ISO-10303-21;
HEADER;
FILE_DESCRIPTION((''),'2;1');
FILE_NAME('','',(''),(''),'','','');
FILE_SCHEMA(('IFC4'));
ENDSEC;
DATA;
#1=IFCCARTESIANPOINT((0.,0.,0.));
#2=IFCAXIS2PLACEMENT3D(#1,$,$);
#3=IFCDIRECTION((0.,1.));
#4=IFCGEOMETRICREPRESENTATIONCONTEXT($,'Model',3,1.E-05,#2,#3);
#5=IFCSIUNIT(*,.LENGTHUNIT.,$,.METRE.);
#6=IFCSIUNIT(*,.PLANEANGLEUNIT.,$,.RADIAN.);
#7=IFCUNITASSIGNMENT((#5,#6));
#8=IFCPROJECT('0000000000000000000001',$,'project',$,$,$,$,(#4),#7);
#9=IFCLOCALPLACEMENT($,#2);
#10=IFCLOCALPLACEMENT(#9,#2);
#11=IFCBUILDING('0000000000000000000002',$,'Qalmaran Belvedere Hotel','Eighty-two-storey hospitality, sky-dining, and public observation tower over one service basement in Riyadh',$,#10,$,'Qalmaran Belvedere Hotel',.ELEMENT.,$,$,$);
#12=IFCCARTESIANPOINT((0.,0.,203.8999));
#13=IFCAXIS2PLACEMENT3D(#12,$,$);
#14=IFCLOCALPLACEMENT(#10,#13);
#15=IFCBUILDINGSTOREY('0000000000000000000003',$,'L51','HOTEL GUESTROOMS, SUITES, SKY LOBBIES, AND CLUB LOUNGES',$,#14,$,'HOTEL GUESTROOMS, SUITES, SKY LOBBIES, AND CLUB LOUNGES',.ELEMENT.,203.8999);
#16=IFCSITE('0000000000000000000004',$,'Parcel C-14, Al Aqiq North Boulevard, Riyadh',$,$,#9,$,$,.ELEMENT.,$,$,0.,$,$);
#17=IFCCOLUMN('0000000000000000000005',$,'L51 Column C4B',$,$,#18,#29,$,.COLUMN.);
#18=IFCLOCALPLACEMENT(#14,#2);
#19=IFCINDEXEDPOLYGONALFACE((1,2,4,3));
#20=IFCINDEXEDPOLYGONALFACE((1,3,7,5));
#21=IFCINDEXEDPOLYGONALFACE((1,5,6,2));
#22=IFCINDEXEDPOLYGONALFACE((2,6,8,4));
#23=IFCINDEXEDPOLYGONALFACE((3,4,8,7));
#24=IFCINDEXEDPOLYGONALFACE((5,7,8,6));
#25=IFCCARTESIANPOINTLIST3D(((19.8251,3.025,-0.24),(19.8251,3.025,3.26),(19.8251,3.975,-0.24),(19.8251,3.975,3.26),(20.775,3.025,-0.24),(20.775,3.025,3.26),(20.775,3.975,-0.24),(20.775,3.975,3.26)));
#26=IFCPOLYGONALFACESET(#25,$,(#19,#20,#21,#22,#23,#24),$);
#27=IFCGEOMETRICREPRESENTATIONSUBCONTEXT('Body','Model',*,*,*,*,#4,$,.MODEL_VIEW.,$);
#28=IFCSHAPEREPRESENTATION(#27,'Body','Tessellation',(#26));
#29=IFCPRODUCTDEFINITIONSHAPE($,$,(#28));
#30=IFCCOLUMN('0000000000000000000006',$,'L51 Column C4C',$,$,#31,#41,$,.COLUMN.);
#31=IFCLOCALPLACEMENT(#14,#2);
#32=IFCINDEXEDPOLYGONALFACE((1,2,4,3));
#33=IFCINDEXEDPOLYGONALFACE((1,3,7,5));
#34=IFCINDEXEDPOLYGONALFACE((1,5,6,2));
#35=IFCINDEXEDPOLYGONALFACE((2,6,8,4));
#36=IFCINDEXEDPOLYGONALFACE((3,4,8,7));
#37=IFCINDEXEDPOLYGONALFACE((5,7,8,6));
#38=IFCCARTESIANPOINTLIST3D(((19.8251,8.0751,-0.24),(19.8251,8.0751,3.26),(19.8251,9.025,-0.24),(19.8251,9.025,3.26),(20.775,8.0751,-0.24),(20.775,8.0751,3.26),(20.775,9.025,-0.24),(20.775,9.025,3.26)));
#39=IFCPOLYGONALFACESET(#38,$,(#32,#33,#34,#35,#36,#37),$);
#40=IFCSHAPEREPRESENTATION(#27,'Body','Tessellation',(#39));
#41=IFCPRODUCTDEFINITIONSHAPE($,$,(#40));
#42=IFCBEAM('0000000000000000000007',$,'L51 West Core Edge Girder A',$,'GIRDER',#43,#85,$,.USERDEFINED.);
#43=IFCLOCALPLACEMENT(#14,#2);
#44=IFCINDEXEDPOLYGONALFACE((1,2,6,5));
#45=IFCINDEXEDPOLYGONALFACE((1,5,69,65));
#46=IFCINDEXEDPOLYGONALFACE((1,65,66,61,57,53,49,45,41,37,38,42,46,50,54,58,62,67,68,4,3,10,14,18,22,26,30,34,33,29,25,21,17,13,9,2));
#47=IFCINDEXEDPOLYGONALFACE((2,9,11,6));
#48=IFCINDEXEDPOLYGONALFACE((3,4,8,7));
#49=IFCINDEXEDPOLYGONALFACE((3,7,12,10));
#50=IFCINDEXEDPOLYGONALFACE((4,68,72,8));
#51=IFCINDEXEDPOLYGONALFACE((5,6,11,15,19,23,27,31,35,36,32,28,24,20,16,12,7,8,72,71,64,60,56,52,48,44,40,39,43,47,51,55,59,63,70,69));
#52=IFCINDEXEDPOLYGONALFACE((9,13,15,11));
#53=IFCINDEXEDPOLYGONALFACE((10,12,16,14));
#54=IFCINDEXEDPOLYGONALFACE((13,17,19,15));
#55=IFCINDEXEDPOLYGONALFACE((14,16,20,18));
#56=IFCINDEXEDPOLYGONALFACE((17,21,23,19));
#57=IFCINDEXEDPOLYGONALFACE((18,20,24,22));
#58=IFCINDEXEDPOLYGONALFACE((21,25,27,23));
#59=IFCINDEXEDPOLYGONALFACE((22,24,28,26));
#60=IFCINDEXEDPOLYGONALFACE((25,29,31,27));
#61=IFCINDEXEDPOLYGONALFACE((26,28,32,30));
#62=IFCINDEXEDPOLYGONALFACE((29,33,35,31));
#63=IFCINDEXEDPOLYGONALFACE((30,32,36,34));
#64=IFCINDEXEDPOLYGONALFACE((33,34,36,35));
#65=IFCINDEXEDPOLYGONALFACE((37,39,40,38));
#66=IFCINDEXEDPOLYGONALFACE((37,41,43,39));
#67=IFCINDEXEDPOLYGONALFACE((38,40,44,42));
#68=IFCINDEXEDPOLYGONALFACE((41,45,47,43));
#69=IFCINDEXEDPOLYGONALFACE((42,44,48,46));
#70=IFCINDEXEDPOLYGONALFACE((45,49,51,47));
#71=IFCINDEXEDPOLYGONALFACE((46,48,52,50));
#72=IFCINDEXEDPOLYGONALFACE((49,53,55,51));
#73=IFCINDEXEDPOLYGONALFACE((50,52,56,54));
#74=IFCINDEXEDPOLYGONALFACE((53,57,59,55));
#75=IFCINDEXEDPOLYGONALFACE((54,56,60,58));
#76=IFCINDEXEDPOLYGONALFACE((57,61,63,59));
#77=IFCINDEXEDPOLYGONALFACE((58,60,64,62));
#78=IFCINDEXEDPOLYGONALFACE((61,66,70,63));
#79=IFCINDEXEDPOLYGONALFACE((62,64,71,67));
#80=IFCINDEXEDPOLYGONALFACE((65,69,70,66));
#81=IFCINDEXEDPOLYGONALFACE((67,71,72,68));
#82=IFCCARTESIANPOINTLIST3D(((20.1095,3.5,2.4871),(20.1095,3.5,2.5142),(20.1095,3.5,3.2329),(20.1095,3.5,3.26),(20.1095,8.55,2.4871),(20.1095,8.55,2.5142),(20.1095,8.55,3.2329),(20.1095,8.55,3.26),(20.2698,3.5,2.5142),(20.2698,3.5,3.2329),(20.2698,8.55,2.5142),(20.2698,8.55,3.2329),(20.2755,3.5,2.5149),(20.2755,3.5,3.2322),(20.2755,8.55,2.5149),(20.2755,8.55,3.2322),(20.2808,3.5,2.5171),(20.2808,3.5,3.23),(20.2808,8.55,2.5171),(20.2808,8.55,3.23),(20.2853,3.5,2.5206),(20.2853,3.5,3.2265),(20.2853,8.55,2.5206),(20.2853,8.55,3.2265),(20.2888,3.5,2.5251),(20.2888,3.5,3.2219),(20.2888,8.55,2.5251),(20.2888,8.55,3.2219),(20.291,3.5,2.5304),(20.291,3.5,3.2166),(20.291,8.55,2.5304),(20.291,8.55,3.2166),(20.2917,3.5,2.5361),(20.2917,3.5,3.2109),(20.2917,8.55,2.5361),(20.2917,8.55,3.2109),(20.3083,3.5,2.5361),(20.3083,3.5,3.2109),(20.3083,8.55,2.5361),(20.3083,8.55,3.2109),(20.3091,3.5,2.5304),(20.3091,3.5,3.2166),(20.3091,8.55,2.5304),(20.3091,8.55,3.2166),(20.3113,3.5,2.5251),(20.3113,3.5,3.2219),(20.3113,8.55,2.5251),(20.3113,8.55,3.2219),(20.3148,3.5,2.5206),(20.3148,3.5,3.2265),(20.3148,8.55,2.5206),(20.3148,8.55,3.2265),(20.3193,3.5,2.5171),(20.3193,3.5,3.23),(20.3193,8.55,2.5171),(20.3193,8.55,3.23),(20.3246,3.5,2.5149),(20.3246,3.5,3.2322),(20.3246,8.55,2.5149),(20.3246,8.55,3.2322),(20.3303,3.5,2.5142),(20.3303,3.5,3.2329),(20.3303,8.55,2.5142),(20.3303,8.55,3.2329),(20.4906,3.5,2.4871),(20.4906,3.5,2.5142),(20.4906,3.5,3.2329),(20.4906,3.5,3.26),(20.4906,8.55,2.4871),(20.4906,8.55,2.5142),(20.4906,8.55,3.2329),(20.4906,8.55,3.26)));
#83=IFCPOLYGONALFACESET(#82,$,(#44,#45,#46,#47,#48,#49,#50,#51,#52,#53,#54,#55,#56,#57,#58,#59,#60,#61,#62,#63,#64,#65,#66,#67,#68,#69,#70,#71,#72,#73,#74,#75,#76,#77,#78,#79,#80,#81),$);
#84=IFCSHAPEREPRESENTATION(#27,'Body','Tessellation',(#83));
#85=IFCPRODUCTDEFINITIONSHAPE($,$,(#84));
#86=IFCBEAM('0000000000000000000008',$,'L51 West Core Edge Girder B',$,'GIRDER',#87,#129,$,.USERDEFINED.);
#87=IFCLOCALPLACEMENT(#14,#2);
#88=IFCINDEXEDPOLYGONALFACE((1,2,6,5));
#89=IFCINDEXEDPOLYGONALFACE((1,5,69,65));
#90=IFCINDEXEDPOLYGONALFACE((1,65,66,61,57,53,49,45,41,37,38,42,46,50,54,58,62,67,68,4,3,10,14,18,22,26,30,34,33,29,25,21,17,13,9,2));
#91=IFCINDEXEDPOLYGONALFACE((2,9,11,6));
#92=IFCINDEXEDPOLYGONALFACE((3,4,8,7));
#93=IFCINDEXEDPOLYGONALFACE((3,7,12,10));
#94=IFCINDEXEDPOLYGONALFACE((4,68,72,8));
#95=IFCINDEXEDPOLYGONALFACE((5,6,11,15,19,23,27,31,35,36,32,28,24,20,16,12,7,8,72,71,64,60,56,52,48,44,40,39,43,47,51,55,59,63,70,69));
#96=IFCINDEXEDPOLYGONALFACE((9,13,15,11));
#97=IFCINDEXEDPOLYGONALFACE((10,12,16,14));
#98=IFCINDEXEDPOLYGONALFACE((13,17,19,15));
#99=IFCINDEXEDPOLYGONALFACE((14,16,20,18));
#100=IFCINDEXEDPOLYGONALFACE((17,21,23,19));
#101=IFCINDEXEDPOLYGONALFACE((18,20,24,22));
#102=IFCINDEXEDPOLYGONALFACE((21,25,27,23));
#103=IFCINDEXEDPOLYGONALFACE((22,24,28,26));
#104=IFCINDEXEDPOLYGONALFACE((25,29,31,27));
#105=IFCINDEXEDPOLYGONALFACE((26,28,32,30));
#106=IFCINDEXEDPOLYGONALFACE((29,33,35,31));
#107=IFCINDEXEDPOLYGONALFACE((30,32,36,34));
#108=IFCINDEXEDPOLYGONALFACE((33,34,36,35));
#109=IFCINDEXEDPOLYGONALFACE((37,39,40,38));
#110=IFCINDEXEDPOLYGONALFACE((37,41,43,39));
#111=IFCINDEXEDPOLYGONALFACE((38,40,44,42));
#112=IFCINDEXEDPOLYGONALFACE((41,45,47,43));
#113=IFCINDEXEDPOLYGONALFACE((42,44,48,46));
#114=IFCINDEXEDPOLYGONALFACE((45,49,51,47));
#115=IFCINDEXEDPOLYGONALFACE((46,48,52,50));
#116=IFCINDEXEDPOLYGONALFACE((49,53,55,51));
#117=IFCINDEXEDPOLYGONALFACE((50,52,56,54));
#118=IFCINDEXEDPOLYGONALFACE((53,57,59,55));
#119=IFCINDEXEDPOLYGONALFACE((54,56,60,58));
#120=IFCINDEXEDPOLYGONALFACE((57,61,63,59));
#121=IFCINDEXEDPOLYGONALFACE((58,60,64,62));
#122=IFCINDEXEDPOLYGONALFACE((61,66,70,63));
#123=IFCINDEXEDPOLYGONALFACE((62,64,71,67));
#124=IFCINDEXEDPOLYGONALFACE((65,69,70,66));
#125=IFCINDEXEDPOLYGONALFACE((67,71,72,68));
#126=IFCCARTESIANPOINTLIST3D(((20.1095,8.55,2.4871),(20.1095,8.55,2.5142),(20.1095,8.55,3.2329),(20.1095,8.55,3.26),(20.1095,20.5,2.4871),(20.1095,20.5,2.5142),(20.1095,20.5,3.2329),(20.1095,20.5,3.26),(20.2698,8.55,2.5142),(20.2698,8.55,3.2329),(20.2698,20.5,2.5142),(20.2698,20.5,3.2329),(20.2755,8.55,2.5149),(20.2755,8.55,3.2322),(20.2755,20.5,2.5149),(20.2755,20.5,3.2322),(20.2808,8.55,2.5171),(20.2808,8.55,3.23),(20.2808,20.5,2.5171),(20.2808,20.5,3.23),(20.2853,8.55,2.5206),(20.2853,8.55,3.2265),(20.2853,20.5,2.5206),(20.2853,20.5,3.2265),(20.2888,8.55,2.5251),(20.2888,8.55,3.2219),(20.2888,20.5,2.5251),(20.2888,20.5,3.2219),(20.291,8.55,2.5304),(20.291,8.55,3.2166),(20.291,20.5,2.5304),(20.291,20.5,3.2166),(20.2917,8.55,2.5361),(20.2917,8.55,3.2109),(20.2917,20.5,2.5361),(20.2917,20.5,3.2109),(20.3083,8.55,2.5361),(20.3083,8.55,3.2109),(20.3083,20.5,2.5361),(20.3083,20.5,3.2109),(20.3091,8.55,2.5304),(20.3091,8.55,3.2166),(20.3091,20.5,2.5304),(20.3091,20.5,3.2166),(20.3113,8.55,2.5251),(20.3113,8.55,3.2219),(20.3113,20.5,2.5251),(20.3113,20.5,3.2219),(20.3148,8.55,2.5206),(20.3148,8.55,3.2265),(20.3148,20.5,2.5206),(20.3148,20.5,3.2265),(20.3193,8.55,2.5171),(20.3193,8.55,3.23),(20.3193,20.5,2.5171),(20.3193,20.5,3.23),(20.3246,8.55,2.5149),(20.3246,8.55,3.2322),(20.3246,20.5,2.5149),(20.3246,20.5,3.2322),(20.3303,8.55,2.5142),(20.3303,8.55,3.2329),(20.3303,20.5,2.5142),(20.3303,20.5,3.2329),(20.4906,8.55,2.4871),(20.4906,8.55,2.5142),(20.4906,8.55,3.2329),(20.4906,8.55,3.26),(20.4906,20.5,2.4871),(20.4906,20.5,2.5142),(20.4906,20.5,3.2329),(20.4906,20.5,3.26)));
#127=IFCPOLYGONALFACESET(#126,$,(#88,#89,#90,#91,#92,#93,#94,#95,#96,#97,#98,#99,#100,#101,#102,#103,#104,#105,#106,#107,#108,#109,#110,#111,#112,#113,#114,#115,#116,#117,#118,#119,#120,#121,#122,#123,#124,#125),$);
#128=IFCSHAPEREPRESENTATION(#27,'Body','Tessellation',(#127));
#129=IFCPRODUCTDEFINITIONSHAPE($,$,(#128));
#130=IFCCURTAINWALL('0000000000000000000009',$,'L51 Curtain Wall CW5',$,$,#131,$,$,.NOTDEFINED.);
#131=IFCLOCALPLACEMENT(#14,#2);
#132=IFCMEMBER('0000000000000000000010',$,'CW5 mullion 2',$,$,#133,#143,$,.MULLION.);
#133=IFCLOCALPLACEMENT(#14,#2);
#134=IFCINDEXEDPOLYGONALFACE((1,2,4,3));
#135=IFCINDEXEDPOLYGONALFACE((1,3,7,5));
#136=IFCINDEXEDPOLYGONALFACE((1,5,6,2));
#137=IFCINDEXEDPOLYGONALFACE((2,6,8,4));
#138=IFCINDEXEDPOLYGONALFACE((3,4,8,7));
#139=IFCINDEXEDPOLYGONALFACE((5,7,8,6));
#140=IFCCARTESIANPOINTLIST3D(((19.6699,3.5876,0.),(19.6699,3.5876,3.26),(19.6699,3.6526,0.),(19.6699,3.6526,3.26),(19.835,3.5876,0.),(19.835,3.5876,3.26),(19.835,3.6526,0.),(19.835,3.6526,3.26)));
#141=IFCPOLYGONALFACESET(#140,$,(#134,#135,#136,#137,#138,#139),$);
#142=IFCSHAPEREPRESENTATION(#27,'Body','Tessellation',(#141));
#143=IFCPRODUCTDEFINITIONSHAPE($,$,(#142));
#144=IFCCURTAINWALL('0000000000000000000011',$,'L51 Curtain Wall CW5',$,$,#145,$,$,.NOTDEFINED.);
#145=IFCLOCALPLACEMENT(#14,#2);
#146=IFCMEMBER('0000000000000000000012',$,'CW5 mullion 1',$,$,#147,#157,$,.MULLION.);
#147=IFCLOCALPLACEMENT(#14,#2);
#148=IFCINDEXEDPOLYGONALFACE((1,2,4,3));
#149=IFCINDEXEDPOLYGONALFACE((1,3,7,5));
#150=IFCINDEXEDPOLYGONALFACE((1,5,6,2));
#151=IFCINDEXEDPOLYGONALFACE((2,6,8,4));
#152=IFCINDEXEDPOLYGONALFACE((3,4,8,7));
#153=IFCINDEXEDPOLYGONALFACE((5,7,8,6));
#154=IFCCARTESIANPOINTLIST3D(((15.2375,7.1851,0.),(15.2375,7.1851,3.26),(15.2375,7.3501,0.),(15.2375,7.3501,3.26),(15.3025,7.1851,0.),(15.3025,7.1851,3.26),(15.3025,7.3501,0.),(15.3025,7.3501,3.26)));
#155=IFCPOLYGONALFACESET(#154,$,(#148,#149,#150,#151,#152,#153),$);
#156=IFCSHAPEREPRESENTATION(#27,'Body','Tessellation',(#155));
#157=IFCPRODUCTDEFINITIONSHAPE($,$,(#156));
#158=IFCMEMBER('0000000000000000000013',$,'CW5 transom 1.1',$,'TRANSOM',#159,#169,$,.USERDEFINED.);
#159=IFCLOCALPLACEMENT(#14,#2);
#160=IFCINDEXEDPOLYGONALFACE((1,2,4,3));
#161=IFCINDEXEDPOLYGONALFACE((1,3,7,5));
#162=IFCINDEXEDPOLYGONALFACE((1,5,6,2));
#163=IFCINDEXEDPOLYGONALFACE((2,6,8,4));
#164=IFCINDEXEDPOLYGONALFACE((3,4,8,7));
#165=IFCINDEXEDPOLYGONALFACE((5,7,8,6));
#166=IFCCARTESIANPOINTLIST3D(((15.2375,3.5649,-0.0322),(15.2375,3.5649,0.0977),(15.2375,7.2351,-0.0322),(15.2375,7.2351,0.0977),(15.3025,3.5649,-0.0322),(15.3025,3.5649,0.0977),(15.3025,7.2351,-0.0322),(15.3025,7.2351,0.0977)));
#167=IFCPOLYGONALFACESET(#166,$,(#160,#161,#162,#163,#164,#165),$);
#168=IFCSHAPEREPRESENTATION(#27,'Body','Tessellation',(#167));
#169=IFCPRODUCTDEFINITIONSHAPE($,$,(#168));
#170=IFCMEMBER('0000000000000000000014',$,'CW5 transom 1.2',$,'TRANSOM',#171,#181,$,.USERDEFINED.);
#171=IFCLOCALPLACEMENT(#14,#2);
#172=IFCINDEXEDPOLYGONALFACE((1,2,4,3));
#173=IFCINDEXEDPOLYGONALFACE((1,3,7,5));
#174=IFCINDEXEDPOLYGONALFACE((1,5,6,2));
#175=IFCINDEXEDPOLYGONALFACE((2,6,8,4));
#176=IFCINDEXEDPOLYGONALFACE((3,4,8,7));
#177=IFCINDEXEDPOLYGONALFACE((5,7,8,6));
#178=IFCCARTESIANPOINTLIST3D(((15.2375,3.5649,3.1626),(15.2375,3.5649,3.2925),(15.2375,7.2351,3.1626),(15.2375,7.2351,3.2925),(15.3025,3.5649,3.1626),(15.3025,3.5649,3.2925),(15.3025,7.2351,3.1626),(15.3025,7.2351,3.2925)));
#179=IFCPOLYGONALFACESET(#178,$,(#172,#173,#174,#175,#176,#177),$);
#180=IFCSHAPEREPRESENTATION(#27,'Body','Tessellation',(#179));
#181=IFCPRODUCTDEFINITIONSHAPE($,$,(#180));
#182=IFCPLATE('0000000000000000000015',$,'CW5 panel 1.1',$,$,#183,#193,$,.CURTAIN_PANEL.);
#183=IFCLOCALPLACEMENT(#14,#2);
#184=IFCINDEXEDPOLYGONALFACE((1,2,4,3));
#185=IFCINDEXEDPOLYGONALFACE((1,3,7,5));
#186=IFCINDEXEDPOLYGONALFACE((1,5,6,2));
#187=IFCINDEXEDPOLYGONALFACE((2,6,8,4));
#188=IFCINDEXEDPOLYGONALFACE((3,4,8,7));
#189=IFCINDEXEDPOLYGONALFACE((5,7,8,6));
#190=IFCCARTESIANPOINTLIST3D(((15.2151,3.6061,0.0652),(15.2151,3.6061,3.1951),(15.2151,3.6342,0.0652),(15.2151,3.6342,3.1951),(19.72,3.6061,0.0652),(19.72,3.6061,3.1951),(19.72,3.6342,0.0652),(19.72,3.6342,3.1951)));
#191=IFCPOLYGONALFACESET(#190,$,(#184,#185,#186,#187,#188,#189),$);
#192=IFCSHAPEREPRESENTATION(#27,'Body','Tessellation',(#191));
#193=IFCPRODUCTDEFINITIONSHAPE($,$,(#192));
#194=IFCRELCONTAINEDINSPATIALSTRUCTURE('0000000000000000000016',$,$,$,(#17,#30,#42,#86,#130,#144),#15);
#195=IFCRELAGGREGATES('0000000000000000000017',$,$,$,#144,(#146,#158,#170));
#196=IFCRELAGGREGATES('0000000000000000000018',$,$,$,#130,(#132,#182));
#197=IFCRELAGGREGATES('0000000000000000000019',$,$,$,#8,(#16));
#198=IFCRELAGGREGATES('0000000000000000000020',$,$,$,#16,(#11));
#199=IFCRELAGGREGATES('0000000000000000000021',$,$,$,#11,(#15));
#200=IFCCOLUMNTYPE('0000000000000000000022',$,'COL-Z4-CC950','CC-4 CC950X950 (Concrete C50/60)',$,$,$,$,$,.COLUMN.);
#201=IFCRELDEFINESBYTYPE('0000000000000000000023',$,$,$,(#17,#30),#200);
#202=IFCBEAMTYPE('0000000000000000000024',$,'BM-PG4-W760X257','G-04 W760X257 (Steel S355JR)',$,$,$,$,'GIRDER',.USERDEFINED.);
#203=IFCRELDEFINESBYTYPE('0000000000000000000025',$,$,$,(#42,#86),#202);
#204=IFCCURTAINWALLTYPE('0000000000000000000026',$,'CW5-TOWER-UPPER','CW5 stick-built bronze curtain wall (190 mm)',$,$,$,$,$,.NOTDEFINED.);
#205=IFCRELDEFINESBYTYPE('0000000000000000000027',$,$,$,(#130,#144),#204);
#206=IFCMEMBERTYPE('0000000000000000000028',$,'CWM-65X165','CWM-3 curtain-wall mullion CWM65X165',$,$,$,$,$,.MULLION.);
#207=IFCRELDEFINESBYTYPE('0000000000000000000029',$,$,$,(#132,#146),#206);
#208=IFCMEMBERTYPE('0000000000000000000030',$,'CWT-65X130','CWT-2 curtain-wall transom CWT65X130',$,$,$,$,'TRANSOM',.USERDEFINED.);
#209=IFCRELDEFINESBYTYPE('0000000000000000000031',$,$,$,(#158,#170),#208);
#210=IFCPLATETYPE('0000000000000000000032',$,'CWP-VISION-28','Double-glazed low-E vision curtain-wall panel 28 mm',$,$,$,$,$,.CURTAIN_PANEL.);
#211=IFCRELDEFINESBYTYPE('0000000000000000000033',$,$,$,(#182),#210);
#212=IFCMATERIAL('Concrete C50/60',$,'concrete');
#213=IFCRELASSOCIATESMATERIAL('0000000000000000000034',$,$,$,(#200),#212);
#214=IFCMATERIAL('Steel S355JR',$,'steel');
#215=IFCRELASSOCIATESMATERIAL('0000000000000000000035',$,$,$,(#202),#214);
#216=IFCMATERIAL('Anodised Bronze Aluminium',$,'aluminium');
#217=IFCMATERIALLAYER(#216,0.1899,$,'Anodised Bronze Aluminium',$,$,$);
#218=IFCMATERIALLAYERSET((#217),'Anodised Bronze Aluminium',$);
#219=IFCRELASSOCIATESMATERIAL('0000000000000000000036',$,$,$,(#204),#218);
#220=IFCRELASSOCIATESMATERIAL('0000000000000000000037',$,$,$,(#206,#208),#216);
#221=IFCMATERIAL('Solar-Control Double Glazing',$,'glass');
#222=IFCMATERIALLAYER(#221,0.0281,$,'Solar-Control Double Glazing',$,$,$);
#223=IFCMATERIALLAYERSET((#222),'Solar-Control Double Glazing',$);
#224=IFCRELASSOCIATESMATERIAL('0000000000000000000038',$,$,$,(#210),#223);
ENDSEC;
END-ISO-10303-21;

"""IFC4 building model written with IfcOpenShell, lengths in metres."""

from ifc_helpers import new_model, si_unit, direction, frame, origin, origin_2d, place, context, subcontext, project, spatial, rectangle, i_section, extrude, material, layer, layer_set, material_profile, profile_set, type_object, element, aggregate, save


model = new_model("IFC4")

# Units and contexts
model_context = context("Model", 3, precision=1e-05, world=origin(), true_north=direction((0.0, 1.0)))
body_context = subcontext(model_context, "Body", "Model", "MODEL_VIEW")
ifc_project = project(units=[si_unit("LENGTHUNIT", "METRE"), si_unit("PLANEANGLEUNIT", "RADIAN")], contexts=[model_context])

# Site, building, storey
site_placement = place(None, origin())
site = spatial("IfcSite", under=ifc_project, at=site_placement, Name="Parcel C-14, Al Aqiq North Boulevard, Riyadh", CompositionType="ELEMENT", RefElevation=0.0)
building_placement = place(site_placement, origin())
building = spatial("IfcBuilding", under=site, at=building_placement, Name="Qalmaran Belvedere Hotel", Description="Eighty-two-storey hospitality, sky-dining, and public observation tower over one service basement in Riyadh", LongName="Qalmaran Belvedere Hotel", CompositionType="ELEMENT")
storey_placement = place(building_placement, frame((0.0, 0.0, 203.8999)))
storey = spatial("IfcBuildingStorey", under=building, at=storey_placement, Name="L51", Description="HOTEL GUESTROOMS, SUITES, SKY LOBBIES, AND CLUB LOUNGES", LongName="HOTEL GUESTROOMS, SUITES, SKY LOBBIES, AND CLUB LOUNGES", CompositionType="ELEMENT", Elevation=203.8999)

# Columns
ifc_material_1 = material(Name="Concrete C50/60", Category="concrete")
ifc_material_profile_1 = material_profile(ifc_material_1, rectangle(XDim=0.95, YDim=0.95, at=origin_2d()), Name="CC950X950")
ifc_profile_set_1 = profile_set([ifc_material_profile_1], Name="Concrete C50/60")
column_type = type_object("IfcColumnType", Name="COL-Z4-CC950", Description="CC-4 CC950X950 (Concrete C50/60)", PredefinedType="COLUMN", material=ifc_profile_set_1)
for number, where, z_axis, x_axis, name in (
    (1, (20.3, 3.5, -0.24), (0.0, 0.0, 1.0), (1.0, 0.0, 0.0), "L51 Column C4B"),
    (2, (20.3, 8.55, -0.24), (0.0, 0.0, 1.0), (1.0, 0.0, 0.0), "L51 Column C4C"),
):
    element("IfcColumn", number, at=place(storey_placement, frame(where, z_axis=z_axis, x_axis=x_axis)), inside=storey, type_object=column_type, Name=name, PredefinedType="COLUMN", context=body_context, shape_type="SweptSolid", body=[
        extrude(rectangle(XDim=0.95, YDim=0.95, at=origin_2d()), origin(), (0.0, 0.0, 1.0), 3.5),
    ])

# Beams
ifc_material_2 = material(Name="Steel S355JR", Category="steel")
ifc_material_profile_2 = material_profile(ifc_material_2, i_section(OverallWidth=0.3811, OverallDepth=0.7729, WebThickness=0.0166, FlangeThickness=0.0271, FilletRadius=0.022, at=origin_2d()), Name="W760X257")
ifc_profile_set_2 = profile_set([ifc_material_profile_2], Name="Steel S355JR")
beam_type = type_object("IfcBeamType", Name="BM-PG4-W760X257", Description="G-04 W760X257 (Steel S355JR)", ElementType="GIRDER", PredefinedType="USERDEFINED", material=ifc_profile_set_2)
beam_1_placement = place(storey_placement, frame((20.3, 3.5, 2.8735), z_axis=(0.0, 1.0, 0.0), x_axis=(-1.0, 0.0, 0.0)))
element("IfcBeam", 3, at=beam_1_placement, inside=storey, type_object=beam_type, Name="L51 West Core Edge Girder A", ObjectType="GIRDER", PredefinedType="USERDEFINED", context=body_context, shape_type="SweptSolid", body=[
    extrude(i_section(OverallWidth=0.3811, OverallDepth=0.7729, WebThickness=0.0166, FlangeThickness=0.0271, FilletRadius=0.022, at=origin_2d()), origin(), (0.0, 0.0, 1.0), 5.05),
])
beam_2_placement = place(storey_placement, frame((20.3, 8.55, 2.8735), z_axis=(0.0, 1.0, 0.0), x_axis=(-1.0, 0.0, 0.0)))
element("IfcBeam", 4, at=beam_2_placement, inside=storey, type_object=beam_type, Name="L51 West Core Edge Girder B", ObjectType="GIRDER", PredefinedType="USERDEFINED", context=body_context, shape_type="SweptSolid", body=[
    extrude(i_section(OverallWidth=0.3811, OverallDepth=0.7729, WebThickness=0.0166, FlangeThickness=0.0271, FilletRadius=0.022, at=origin_2d()), origin(), (0.0, 0.0, 1.0), 11.95),
])

# Curtain wall, member
ifc_material_3 = material(Name="Anodised Bronze Aluminium", Category="aluminium")
ifc_layer_1 = layer(ifc_material_3, 0.1899, Name="Anodised Bronze Aluminium")
ifc_layer_set_1 = layer_set([ifc_layer_1], Name="Anodised Bronze Aluminium")
curtain_wall_type = type_object("IfcCurtainWallType", Name="CW5-TOWER-UPPER", Description="CW5 stick-built bronze curtain wall (190 mm)", PredefinedType="NOTDEFINED", material=ifc_layer_set_1)
curtain_wall_1_placement = place(storey_placement, origin())
curtain_wall_1 = element("IfcCurtainWall", 5, at=curtain_wall_1_placement, inside=storey, type_object=curtain_wall_type, Name="L51 Curtain Wall CW5", PredefinedType="NOTDEFINED")
ifc_material_profile_3 = material_profile(ifc_material_3, rectangle(XDim=0.0649, YDim=0.165, at=origin_2d()), Name="CWM65X165")
ifc_profile_set_3 = profile_set([ifc_material_profile_3], Name="Anodised Bronze Aluminium")
member_type_1 = type_object("IfcMemberType", Name="CWM-65X165", Description="CWM-3 curtain-wall mullion CWM65X165", PredefinedType="MULLION", material=ifc_profile_set_3)
member_1_placement = place(storey_placement, frame((19.7524, 3.6201, 0.0), z_axis=(0.0, 0.0, 1.0), x_axis=(0.0, 1.0, 0.0)))
member_1 = element("IfcMember", 6, at=member_1_placement, type_object=member_type_1, Name="CW5 mullion 2", PredefinedType="MULLION", context=body_context, shape_type="SweptSolid", body=[
    extrude(rectangle(XDim=0.0649, YDim=0.165, at=origin_2d()), origin(), (0.0, 0.0, 1.0), 3.26),
])

# Curtain wall, members
curtain_wall_2_placement = place(storey_placement, origin())
curtain_wall_2 = element("IfcCurtainWall", 7, at=curtain_wall_2_placement, inside=storey, type_object=curtain_wall_type, Name="L51 Curtain Wall CW5", PredefinedType="NOTDEFINED")
member_2_placement = place(storey_placement, frame((15.27, 7.2676, 0.0), z_axis=(0.0, 0.0, 1.0), x_axis=(1.0, 0.0, 0.0)))
member_2 = element("IfcMember", 8, at=member_2_placement, type_object=member_type_1, Name="CW5 mullion 1", PredefinedType="MULLION", context=body_context, shape_type="SweptSolid", body=[
    extrude(rectangle(XDim=0.0649, YDim=0.165, at=origin_2d()), origin(), (0.0, 0.0, 1.0), 3.26),
])
ifc_material_profile_4 = material_profile(ifc_material_3, rectangle(XDim=0.0649, YDim=0.1299, at=origin_2d()), Name="CWT65X130")
ifc_profile_set_4 = profile_set([ifc_material_profile_4], Name="Anodised Bronze Aluminium")
member_type_2 = type_object("IfcMemberType", Name="CWT-65X130", Description="CWT-2 curtain-wall transom CWT65X130", ElementType="TRANSOM", PredefinedType="USERDEFINED", material=ifc_profile_set_4)
member_3_placement = place(storey_placement, frame((15.27, 7.2351, 0.0327), z_axis=(0.0, -1.0, 0.0), x_axis=(1.0, 0.0, 0.0)))
member_3 = element("IfcMember", 9, at=member_3_placement, type_object=member_type_2, Name="CW5 transom 1.1", ObjectType="TRANSOM", PredefinedType="USERDEFINED", context=body_context, shape_type="SweptSolid", body=[
    extrude(rectangle(XDim=0.0649, YDim=0.1299, at=origin_2d()), origin(), (0.0, 0.0, 1.0), 3.6702),
])
member_4_placement = place(storey_placement, frame((15.27, 7.2351, 3.2275), z_axis=(0.0, -1.0, 0.0), x_axis=(1.0, 0.0, 0.0)))
member_4 = element("IfcMember", 10, at=member_4_placement, type_object=member_type_2, Name="CW5 transom 1.2", ObjectType="TRANSOM", PredefinedType="USERDEFINED", context=body_context, shape_type="SweptSolid", body=[
    extrude(rectangle(XDim=0.0649, YDim=0.1299, at=origin_2d()), origin(), (0.0, 0.0, 1.0), 3.6702),
])
aggregate(curtain_wall_2, [member_2, member_3, member_4])

# Plate
ifc_material_4 = material(Name="Solar-Control Double Glazing", Category="glass")
ifc_layer_2 = layer(ifc_material_4, 0.0281, Name="Solar-Control Double Glazing")
ifc_layer_set_2 = layer_set([ifc_layer_2], Name="Solar-Control Double Glazing")
plate_type = type_object("IfcPlateType", Name="CWP-VISION-28", Description="Double-glazed low-E vision curtain-wall panel 28 mm", PredefinedType="CURTAIN_PANEL", material=ifc_layer_set_2)
plate_placement = place(storey_placement, frame((17.4675, 3.6201, 0.0652), z_axis=(0.0, 0.0, 1.0), x_axis=(1.0, 0.0, 0.0)))
plate = element("IfcPlate", 11, at=plate_placement, type_object=plate_type, Name="CW5 panel 1.1", PredefinedType="CURTAIN_PANEL", context=body_context, shape_type="SweptSolid", body=[
    extrude(rectangle(XDim=4.5049, YDim=0.0281, at=origin_2d()), origin(), (0.0, 0.0, 1.0), 3.1299),
])
aggregate(curtain_wall_1, [member_1, plate])

save(model, "model.ifc")
